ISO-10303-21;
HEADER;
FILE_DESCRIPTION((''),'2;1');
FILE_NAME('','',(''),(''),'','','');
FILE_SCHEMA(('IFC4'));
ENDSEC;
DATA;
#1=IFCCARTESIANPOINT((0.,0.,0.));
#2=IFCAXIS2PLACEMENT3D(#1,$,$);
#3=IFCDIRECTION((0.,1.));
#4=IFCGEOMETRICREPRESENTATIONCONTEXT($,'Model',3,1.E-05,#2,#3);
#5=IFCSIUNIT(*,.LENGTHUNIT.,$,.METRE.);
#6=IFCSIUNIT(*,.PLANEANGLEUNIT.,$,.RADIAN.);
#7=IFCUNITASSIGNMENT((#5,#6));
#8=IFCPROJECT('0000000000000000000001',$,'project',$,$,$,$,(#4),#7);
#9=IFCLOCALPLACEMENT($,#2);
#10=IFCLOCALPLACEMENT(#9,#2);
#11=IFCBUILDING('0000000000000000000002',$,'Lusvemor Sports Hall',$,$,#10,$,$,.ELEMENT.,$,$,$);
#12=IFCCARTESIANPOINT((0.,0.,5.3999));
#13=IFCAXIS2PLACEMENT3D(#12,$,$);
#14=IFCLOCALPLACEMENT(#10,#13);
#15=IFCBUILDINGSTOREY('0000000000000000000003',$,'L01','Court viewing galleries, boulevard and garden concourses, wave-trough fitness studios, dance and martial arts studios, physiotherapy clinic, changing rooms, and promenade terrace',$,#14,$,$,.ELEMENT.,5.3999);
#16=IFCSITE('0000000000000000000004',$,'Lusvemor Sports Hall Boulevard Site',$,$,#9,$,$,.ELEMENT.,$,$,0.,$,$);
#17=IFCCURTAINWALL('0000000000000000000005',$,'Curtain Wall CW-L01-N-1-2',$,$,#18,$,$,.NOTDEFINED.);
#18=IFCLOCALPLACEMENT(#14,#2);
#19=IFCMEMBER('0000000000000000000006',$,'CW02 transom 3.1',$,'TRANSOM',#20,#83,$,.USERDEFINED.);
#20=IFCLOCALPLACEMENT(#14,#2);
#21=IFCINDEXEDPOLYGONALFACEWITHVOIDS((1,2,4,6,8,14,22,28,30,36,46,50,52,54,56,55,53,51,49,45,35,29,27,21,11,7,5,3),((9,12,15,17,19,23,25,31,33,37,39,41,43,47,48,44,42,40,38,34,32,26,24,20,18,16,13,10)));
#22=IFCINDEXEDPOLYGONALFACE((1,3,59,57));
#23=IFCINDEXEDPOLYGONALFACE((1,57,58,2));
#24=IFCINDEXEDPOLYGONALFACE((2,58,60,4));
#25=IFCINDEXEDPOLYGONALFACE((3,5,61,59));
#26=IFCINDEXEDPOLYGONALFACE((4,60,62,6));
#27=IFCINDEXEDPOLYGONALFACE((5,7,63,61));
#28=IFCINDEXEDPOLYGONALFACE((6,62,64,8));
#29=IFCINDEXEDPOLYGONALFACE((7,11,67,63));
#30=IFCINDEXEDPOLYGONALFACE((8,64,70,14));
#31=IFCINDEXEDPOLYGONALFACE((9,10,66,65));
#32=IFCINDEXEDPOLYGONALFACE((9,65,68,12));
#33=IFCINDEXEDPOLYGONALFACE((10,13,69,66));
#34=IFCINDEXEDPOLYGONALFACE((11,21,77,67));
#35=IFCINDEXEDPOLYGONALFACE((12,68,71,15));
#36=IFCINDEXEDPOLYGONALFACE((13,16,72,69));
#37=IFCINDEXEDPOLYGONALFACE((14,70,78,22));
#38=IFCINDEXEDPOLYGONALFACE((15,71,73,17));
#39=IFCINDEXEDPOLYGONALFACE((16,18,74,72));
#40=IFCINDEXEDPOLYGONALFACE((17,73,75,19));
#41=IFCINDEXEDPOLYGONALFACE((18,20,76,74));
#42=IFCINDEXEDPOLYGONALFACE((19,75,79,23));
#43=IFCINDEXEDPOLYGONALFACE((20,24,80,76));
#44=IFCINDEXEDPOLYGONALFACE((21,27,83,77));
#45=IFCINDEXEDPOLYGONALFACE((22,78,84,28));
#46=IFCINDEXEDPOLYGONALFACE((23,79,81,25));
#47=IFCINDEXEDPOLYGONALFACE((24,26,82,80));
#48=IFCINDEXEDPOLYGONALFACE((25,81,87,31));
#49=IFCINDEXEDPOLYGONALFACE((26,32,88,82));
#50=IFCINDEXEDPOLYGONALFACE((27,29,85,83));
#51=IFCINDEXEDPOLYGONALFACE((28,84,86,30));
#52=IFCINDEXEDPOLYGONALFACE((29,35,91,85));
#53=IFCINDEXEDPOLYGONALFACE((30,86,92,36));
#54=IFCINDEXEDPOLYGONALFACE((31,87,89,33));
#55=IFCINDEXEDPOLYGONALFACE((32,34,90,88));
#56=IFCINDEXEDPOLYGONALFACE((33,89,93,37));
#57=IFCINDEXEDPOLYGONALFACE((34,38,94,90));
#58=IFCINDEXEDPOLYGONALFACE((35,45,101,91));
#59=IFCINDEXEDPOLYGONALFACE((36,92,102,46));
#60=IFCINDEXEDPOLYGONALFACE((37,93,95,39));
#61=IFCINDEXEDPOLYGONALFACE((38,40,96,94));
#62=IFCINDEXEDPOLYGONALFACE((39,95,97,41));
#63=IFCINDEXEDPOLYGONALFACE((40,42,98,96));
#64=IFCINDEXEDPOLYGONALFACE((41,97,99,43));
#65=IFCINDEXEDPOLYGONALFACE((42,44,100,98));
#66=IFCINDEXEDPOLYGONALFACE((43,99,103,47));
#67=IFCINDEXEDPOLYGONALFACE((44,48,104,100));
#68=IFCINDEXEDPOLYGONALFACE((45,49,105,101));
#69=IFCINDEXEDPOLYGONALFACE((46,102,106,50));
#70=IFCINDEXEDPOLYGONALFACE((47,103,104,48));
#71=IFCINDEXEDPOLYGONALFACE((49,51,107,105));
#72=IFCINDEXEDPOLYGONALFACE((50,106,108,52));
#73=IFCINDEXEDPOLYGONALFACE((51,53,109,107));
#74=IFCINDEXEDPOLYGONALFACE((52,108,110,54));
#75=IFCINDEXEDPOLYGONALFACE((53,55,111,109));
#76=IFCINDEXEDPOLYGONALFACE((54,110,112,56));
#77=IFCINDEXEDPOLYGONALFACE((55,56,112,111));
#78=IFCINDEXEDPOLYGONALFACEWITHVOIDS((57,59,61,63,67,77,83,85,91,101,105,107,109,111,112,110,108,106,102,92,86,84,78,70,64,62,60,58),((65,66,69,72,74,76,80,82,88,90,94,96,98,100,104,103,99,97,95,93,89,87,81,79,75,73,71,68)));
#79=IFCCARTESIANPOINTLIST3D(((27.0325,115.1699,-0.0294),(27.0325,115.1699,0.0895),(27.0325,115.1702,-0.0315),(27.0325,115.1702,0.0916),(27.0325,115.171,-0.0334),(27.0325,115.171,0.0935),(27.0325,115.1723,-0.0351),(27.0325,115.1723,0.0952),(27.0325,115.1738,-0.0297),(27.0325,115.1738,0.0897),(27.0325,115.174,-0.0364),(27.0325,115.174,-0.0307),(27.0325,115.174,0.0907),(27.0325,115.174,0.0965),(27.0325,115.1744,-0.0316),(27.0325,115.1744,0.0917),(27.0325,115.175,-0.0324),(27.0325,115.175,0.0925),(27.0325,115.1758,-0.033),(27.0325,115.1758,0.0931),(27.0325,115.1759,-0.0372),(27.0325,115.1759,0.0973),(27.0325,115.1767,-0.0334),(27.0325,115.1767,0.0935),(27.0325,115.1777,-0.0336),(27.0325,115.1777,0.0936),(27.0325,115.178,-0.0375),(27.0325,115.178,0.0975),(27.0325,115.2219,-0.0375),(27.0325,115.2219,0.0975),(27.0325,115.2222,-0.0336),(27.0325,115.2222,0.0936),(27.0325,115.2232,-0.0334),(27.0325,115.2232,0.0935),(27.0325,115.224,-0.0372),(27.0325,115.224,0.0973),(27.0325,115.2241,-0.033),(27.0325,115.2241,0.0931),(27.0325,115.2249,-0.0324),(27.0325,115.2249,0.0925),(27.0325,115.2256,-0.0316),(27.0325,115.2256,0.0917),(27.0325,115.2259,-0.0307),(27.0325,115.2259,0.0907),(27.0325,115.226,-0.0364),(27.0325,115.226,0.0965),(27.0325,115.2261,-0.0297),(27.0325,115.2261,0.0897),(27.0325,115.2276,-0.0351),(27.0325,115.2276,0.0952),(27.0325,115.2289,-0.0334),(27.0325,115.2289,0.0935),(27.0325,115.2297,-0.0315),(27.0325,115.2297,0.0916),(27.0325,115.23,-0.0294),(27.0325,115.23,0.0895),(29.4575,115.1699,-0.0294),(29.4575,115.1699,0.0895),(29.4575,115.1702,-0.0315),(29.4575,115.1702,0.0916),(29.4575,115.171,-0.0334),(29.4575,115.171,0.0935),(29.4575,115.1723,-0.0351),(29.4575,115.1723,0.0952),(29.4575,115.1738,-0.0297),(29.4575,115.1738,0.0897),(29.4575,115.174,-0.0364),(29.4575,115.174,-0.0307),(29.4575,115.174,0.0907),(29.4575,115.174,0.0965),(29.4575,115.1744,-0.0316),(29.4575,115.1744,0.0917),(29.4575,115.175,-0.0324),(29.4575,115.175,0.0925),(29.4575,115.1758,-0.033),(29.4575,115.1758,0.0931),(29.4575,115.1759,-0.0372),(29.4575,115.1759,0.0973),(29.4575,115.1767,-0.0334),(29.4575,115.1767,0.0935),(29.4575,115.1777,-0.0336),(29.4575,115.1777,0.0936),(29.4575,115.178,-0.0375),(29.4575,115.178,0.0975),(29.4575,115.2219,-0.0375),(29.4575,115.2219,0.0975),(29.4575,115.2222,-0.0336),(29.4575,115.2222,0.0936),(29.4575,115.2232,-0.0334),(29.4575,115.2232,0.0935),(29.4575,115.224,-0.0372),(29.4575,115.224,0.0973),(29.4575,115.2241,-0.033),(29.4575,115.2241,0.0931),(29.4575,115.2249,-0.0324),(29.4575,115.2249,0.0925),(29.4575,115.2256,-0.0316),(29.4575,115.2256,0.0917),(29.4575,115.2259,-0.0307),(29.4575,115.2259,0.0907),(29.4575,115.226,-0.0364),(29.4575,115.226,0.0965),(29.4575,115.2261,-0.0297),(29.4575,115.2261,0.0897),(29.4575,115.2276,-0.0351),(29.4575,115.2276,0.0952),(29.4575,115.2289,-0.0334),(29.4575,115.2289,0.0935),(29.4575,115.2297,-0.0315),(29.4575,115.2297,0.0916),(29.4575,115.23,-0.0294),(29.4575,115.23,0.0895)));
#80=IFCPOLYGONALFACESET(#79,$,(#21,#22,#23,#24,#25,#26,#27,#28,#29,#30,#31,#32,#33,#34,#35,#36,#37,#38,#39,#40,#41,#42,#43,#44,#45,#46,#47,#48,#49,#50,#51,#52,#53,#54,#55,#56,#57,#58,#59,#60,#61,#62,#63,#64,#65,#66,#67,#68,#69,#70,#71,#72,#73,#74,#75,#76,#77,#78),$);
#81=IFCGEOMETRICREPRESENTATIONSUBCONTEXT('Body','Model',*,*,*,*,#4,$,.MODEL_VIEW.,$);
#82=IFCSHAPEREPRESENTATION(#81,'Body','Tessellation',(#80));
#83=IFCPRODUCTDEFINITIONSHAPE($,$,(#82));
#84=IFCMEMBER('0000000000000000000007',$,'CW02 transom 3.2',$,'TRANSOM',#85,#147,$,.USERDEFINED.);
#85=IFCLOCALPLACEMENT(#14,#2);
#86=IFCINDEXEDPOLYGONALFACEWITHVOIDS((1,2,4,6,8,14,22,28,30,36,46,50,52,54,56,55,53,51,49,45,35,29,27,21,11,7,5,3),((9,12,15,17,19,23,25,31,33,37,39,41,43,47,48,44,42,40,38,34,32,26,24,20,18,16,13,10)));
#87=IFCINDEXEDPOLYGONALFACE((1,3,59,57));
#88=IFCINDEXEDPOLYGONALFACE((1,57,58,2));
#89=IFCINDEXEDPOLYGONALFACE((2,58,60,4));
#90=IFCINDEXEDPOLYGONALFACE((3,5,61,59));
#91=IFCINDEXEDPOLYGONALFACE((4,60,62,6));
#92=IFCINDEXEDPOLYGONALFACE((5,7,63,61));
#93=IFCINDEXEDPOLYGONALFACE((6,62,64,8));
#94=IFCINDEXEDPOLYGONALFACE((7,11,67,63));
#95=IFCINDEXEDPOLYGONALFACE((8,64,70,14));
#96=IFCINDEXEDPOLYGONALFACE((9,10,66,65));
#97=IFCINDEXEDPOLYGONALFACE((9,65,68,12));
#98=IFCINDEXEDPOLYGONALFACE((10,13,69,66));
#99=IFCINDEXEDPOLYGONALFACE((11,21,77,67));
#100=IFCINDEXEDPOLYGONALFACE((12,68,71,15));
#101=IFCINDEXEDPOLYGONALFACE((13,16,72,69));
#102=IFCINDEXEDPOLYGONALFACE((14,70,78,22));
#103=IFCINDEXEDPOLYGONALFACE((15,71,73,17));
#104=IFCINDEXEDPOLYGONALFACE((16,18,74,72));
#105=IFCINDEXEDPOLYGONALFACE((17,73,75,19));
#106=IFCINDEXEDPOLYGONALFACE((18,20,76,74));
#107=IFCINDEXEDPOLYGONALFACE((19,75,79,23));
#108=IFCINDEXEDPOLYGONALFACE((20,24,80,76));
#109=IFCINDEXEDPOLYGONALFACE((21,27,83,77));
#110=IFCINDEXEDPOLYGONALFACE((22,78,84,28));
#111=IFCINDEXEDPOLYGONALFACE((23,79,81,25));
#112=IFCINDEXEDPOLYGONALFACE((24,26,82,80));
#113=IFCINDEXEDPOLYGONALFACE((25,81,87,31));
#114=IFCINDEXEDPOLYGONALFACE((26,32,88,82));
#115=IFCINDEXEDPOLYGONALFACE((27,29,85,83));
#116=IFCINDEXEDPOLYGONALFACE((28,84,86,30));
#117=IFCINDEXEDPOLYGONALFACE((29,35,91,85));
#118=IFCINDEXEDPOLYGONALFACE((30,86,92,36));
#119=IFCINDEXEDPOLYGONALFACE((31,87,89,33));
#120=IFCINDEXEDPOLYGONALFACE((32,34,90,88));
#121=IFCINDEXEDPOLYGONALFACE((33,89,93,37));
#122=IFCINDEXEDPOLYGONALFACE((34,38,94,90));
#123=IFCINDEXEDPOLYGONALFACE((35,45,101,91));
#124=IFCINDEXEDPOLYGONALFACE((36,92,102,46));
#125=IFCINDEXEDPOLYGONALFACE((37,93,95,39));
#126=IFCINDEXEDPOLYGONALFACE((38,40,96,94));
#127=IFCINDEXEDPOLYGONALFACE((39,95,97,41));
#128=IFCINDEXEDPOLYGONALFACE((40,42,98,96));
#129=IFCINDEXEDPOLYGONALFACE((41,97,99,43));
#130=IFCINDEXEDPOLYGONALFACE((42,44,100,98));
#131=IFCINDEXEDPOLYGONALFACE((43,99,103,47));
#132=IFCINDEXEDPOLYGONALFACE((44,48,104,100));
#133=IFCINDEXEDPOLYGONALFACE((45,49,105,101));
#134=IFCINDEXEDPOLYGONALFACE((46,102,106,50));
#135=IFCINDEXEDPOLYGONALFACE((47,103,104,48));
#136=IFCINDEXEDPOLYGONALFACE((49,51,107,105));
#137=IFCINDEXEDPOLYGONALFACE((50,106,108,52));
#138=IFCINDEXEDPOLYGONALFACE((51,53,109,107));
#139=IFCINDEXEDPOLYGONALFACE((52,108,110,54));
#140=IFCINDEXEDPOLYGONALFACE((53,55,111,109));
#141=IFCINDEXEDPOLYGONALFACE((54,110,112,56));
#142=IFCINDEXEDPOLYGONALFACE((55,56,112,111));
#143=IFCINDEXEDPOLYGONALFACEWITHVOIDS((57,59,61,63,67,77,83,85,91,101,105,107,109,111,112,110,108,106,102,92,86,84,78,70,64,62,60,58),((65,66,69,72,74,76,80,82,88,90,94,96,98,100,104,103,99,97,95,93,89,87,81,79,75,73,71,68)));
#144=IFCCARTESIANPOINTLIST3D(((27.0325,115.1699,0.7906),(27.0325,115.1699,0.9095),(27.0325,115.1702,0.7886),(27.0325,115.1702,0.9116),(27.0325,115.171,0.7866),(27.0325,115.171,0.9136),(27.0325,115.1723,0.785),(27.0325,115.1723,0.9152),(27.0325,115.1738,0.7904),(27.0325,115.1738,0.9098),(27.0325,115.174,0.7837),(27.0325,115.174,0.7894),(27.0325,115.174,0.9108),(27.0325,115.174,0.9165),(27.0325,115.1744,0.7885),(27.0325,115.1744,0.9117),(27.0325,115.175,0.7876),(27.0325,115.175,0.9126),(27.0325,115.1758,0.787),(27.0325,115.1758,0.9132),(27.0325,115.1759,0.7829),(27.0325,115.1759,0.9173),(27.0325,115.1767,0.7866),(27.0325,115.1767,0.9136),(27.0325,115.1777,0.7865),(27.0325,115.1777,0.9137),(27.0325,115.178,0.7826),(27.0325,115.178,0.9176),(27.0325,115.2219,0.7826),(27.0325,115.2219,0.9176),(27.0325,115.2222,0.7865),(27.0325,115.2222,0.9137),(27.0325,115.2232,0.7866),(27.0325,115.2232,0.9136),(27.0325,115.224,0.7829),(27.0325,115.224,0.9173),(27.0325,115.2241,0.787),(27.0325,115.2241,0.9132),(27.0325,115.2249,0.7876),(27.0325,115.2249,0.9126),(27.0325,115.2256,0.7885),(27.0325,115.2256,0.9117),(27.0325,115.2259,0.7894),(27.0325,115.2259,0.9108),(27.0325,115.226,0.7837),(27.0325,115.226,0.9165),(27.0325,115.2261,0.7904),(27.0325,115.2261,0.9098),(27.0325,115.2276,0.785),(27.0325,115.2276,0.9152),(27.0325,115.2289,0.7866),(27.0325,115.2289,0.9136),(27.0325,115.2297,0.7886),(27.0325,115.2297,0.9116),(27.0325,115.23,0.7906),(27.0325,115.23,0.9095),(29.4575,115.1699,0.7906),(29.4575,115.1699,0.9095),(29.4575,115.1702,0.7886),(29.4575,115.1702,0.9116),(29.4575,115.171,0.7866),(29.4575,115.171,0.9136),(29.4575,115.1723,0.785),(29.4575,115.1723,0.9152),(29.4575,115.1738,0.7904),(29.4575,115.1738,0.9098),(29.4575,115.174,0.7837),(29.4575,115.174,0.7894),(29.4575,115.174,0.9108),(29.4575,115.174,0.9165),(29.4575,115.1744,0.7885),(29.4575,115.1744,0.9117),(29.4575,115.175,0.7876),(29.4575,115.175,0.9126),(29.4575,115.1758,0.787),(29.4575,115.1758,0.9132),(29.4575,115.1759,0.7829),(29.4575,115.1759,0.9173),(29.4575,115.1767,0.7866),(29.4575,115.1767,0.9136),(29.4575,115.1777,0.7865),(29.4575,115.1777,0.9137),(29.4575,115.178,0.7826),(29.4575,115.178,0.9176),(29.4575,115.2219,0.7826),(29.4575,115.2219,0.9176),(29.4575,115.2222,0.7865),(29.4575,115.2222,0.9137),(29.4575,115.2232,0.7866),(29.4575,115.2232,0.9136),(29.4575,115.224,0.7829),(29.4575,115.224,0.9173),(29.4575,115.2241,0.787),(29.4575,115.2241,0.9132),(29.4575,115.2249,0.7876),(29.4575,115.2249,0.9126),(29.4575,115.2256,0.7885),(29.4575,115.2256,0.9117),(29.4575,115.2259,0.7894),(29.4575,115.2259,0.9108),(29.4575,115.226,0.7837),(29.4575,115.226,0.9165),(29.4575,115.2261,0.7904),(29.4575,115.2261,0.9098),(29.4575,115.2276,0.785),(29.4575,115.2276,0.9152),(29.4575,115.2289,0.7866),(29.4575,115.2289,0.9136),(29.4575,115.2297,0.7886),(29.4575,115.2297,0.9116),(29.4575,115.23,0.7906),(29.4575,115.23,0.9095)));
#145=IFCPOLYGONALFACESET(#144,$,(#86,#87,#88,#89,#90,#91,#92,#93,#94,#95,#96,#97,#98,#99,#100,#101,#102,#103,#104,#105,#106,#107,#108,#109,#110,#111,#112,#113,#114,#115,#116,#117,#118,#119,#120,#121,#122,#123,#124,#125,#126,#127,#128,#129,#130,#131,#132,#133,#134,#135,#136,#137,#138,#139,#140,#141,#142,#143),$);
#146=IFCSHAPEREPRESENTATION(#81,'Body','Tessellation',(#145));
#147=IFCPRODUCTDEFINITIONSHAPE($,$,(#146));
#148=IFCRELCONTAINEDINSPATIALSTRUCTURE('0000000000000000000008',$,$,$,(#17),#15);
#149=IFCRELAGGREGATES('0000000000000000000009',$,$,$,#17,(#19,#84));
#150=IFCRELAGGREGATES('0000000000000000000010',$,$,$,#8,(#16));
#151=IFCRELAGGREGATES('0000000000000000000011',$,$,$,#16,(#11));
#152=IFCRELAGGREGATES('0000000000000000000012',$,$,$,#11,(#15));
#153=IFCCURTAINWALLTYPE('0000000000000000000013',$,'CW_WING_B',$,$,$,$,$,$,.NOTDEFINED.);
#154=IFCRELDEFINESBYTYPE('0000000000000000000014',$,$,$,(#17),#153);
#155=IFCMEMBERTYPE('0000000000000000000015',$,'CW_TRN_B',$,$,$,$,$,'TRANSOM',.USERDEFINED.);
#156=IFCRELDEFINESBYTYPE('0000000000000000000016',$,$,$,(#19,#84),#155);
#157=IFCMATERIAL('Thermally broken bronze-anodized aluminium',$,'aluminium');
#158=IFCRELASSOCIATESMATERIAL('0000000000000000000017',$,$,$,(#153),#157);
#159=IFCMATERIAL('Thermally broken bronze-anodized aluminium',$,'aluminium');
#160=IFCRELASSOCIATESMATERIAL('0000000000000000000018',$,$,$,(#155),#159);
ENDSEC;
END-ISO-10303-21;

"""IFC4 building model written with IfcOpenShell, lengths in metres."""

from ifc_helpers import new_model, si_unit, direction, frame, origin, origin_2d, place, context, subcontext, project, spatial, hollow_rectangle, extrude, material, material_profile, profile_set, type_object, element, aggregate, save


model = new_model("IFC4")

# Units and contexts
model_context = context("Model", 3, precision=1e-05, world=origin(), true_north=direction((0.0, 1.0)))
body_context = subcontext(model_context, "Body", "Model", "MODEL_VIEW")
ifc_project = project(units=[si_unit("LENGTHUNIT", "METRE"), si_unit("PLANEANGLEUNIT", "RADIAN")], contexts=[model_context])

# Site, building, storey
site_placement = place(None, origin())
site = spatial("IfcSite", under=ifc_project, at=site_placement, Name="Lusvemor Sports Hall Boulevard Site", CompositionType="ELEMENT", RefElevation=0.0)
building_placement = place(site_placement, origin())
building = spatial("IfcBuilding", under=site, at=building_placement, Name="Lusvemor Sports Hall", CompositionType="ELEMENT")
storey_placement = place(building_placement, frame((0.0, 0.0, 5.3999)))
storey = spatial("IfcBuildingStorey", under=building, at=storey_placement, Name="L01", Description="Court viewing galleries, boulevard and garden concourses, wave-trough fitness studios, dance and martial arts studios, physiotherapy clinic, changing rooms, and promenade terrace", CompositionType="ELEMENT", Elevation=5.3999)

# Curtain wall
ifc_material_1 = material(Name="Thermally broken bronze-anodized aluminium", Category="aluminium")
curtain_wall_type = type_object("IfcCurtainWallType", Name="CW_WING_B", PredefinedType="NOTDEFINED", material=ifc_material_1)
curtain_wall_1_placement = place(storey_placement, origin())
curtain_wall_1 = element("IfcCurtainWall", 1, at=curtain_wall_1_placement, inside=storey, type_object=curtain_wall_type, Name="Curtain Wall CW-L01-N-1-2", PredefinedType="NOTDEFINED")

# Members
ifc_material_2 = material(Name="Thermally broken bronze-anodized aluminium", Category="aluminium")
ifc_material_profile_1 = material_profile(ifc_material_2, hollow_rectangle(XDim=0.0601, YDim=0.135, WallThickness=0.0039, InnerFilletRadius=0.0039, OuterFilletRadius=0.0081, at=origin_2d()), Name="CWTRN135x60x4")
ifc_profile_set_1 = profile_set([ifc_material_profile_1], Name="Thermally broken bronze-anodized aluminium")
member_type_1 = type_object("IfcMemberType", Name="CW_TRN_B", ElementType="TRANSOM", PredefinedType="USERDEFINED", material=ifc_profile_set_1)
member_1_placement = place(storey_placement, frame((27.0325, 115.2, 0.03), z_axis=(1.0, 0.0, 0.0), x_axis=(0.0, 1.0, 0.0)))
member_1 = element("IfcMember", 2, at=member_1_placement, type_object=member_type_1, Name="CW02 transom 3.1", ObjectType="TRANSOM", PredefinedType="USERDEFINED", context=body_context, shape_type="SweptSolid", body=[
    extrude(hollow_rectangle(XDim=0.0601, YDim=0.135, WallThickness=0.0039, InnerFilletRadius=0.0039, OuterFilletRadius=0.0081, at=origin_2d()), origin(), (0.0, 0.0, 1.0), 2.425),
])
member_2_placement = place(storey_placement, frame((27.0325, 115.2, 0.8501), z_axis=(1.0, 0.0, 0.0), x_axis=(0.0, 1.0, 0.0)))
member_2 = element("IfcMember", 3, at=member_2_placement, type_object=member_type_1, Name="CW02 transom 3.2", ObjectType="TRANSOM", PredefinedType="USERDEFINED", context=body_context, shape_type="SweptSolid", body=[
    extrude(hollow_rectangle(XDim=0.0601, YDim=0.135, WallThickness=0.0039, InnerFilletRadius=0.0039, OuterFilletRadius=0.0081, at=origin_2d()), origin(), (0.0, 0.0, 1.0), 2.425),
])

aggregate(curtain_wall_1, [member_1, member_2])

save(model, "model.ifc")
